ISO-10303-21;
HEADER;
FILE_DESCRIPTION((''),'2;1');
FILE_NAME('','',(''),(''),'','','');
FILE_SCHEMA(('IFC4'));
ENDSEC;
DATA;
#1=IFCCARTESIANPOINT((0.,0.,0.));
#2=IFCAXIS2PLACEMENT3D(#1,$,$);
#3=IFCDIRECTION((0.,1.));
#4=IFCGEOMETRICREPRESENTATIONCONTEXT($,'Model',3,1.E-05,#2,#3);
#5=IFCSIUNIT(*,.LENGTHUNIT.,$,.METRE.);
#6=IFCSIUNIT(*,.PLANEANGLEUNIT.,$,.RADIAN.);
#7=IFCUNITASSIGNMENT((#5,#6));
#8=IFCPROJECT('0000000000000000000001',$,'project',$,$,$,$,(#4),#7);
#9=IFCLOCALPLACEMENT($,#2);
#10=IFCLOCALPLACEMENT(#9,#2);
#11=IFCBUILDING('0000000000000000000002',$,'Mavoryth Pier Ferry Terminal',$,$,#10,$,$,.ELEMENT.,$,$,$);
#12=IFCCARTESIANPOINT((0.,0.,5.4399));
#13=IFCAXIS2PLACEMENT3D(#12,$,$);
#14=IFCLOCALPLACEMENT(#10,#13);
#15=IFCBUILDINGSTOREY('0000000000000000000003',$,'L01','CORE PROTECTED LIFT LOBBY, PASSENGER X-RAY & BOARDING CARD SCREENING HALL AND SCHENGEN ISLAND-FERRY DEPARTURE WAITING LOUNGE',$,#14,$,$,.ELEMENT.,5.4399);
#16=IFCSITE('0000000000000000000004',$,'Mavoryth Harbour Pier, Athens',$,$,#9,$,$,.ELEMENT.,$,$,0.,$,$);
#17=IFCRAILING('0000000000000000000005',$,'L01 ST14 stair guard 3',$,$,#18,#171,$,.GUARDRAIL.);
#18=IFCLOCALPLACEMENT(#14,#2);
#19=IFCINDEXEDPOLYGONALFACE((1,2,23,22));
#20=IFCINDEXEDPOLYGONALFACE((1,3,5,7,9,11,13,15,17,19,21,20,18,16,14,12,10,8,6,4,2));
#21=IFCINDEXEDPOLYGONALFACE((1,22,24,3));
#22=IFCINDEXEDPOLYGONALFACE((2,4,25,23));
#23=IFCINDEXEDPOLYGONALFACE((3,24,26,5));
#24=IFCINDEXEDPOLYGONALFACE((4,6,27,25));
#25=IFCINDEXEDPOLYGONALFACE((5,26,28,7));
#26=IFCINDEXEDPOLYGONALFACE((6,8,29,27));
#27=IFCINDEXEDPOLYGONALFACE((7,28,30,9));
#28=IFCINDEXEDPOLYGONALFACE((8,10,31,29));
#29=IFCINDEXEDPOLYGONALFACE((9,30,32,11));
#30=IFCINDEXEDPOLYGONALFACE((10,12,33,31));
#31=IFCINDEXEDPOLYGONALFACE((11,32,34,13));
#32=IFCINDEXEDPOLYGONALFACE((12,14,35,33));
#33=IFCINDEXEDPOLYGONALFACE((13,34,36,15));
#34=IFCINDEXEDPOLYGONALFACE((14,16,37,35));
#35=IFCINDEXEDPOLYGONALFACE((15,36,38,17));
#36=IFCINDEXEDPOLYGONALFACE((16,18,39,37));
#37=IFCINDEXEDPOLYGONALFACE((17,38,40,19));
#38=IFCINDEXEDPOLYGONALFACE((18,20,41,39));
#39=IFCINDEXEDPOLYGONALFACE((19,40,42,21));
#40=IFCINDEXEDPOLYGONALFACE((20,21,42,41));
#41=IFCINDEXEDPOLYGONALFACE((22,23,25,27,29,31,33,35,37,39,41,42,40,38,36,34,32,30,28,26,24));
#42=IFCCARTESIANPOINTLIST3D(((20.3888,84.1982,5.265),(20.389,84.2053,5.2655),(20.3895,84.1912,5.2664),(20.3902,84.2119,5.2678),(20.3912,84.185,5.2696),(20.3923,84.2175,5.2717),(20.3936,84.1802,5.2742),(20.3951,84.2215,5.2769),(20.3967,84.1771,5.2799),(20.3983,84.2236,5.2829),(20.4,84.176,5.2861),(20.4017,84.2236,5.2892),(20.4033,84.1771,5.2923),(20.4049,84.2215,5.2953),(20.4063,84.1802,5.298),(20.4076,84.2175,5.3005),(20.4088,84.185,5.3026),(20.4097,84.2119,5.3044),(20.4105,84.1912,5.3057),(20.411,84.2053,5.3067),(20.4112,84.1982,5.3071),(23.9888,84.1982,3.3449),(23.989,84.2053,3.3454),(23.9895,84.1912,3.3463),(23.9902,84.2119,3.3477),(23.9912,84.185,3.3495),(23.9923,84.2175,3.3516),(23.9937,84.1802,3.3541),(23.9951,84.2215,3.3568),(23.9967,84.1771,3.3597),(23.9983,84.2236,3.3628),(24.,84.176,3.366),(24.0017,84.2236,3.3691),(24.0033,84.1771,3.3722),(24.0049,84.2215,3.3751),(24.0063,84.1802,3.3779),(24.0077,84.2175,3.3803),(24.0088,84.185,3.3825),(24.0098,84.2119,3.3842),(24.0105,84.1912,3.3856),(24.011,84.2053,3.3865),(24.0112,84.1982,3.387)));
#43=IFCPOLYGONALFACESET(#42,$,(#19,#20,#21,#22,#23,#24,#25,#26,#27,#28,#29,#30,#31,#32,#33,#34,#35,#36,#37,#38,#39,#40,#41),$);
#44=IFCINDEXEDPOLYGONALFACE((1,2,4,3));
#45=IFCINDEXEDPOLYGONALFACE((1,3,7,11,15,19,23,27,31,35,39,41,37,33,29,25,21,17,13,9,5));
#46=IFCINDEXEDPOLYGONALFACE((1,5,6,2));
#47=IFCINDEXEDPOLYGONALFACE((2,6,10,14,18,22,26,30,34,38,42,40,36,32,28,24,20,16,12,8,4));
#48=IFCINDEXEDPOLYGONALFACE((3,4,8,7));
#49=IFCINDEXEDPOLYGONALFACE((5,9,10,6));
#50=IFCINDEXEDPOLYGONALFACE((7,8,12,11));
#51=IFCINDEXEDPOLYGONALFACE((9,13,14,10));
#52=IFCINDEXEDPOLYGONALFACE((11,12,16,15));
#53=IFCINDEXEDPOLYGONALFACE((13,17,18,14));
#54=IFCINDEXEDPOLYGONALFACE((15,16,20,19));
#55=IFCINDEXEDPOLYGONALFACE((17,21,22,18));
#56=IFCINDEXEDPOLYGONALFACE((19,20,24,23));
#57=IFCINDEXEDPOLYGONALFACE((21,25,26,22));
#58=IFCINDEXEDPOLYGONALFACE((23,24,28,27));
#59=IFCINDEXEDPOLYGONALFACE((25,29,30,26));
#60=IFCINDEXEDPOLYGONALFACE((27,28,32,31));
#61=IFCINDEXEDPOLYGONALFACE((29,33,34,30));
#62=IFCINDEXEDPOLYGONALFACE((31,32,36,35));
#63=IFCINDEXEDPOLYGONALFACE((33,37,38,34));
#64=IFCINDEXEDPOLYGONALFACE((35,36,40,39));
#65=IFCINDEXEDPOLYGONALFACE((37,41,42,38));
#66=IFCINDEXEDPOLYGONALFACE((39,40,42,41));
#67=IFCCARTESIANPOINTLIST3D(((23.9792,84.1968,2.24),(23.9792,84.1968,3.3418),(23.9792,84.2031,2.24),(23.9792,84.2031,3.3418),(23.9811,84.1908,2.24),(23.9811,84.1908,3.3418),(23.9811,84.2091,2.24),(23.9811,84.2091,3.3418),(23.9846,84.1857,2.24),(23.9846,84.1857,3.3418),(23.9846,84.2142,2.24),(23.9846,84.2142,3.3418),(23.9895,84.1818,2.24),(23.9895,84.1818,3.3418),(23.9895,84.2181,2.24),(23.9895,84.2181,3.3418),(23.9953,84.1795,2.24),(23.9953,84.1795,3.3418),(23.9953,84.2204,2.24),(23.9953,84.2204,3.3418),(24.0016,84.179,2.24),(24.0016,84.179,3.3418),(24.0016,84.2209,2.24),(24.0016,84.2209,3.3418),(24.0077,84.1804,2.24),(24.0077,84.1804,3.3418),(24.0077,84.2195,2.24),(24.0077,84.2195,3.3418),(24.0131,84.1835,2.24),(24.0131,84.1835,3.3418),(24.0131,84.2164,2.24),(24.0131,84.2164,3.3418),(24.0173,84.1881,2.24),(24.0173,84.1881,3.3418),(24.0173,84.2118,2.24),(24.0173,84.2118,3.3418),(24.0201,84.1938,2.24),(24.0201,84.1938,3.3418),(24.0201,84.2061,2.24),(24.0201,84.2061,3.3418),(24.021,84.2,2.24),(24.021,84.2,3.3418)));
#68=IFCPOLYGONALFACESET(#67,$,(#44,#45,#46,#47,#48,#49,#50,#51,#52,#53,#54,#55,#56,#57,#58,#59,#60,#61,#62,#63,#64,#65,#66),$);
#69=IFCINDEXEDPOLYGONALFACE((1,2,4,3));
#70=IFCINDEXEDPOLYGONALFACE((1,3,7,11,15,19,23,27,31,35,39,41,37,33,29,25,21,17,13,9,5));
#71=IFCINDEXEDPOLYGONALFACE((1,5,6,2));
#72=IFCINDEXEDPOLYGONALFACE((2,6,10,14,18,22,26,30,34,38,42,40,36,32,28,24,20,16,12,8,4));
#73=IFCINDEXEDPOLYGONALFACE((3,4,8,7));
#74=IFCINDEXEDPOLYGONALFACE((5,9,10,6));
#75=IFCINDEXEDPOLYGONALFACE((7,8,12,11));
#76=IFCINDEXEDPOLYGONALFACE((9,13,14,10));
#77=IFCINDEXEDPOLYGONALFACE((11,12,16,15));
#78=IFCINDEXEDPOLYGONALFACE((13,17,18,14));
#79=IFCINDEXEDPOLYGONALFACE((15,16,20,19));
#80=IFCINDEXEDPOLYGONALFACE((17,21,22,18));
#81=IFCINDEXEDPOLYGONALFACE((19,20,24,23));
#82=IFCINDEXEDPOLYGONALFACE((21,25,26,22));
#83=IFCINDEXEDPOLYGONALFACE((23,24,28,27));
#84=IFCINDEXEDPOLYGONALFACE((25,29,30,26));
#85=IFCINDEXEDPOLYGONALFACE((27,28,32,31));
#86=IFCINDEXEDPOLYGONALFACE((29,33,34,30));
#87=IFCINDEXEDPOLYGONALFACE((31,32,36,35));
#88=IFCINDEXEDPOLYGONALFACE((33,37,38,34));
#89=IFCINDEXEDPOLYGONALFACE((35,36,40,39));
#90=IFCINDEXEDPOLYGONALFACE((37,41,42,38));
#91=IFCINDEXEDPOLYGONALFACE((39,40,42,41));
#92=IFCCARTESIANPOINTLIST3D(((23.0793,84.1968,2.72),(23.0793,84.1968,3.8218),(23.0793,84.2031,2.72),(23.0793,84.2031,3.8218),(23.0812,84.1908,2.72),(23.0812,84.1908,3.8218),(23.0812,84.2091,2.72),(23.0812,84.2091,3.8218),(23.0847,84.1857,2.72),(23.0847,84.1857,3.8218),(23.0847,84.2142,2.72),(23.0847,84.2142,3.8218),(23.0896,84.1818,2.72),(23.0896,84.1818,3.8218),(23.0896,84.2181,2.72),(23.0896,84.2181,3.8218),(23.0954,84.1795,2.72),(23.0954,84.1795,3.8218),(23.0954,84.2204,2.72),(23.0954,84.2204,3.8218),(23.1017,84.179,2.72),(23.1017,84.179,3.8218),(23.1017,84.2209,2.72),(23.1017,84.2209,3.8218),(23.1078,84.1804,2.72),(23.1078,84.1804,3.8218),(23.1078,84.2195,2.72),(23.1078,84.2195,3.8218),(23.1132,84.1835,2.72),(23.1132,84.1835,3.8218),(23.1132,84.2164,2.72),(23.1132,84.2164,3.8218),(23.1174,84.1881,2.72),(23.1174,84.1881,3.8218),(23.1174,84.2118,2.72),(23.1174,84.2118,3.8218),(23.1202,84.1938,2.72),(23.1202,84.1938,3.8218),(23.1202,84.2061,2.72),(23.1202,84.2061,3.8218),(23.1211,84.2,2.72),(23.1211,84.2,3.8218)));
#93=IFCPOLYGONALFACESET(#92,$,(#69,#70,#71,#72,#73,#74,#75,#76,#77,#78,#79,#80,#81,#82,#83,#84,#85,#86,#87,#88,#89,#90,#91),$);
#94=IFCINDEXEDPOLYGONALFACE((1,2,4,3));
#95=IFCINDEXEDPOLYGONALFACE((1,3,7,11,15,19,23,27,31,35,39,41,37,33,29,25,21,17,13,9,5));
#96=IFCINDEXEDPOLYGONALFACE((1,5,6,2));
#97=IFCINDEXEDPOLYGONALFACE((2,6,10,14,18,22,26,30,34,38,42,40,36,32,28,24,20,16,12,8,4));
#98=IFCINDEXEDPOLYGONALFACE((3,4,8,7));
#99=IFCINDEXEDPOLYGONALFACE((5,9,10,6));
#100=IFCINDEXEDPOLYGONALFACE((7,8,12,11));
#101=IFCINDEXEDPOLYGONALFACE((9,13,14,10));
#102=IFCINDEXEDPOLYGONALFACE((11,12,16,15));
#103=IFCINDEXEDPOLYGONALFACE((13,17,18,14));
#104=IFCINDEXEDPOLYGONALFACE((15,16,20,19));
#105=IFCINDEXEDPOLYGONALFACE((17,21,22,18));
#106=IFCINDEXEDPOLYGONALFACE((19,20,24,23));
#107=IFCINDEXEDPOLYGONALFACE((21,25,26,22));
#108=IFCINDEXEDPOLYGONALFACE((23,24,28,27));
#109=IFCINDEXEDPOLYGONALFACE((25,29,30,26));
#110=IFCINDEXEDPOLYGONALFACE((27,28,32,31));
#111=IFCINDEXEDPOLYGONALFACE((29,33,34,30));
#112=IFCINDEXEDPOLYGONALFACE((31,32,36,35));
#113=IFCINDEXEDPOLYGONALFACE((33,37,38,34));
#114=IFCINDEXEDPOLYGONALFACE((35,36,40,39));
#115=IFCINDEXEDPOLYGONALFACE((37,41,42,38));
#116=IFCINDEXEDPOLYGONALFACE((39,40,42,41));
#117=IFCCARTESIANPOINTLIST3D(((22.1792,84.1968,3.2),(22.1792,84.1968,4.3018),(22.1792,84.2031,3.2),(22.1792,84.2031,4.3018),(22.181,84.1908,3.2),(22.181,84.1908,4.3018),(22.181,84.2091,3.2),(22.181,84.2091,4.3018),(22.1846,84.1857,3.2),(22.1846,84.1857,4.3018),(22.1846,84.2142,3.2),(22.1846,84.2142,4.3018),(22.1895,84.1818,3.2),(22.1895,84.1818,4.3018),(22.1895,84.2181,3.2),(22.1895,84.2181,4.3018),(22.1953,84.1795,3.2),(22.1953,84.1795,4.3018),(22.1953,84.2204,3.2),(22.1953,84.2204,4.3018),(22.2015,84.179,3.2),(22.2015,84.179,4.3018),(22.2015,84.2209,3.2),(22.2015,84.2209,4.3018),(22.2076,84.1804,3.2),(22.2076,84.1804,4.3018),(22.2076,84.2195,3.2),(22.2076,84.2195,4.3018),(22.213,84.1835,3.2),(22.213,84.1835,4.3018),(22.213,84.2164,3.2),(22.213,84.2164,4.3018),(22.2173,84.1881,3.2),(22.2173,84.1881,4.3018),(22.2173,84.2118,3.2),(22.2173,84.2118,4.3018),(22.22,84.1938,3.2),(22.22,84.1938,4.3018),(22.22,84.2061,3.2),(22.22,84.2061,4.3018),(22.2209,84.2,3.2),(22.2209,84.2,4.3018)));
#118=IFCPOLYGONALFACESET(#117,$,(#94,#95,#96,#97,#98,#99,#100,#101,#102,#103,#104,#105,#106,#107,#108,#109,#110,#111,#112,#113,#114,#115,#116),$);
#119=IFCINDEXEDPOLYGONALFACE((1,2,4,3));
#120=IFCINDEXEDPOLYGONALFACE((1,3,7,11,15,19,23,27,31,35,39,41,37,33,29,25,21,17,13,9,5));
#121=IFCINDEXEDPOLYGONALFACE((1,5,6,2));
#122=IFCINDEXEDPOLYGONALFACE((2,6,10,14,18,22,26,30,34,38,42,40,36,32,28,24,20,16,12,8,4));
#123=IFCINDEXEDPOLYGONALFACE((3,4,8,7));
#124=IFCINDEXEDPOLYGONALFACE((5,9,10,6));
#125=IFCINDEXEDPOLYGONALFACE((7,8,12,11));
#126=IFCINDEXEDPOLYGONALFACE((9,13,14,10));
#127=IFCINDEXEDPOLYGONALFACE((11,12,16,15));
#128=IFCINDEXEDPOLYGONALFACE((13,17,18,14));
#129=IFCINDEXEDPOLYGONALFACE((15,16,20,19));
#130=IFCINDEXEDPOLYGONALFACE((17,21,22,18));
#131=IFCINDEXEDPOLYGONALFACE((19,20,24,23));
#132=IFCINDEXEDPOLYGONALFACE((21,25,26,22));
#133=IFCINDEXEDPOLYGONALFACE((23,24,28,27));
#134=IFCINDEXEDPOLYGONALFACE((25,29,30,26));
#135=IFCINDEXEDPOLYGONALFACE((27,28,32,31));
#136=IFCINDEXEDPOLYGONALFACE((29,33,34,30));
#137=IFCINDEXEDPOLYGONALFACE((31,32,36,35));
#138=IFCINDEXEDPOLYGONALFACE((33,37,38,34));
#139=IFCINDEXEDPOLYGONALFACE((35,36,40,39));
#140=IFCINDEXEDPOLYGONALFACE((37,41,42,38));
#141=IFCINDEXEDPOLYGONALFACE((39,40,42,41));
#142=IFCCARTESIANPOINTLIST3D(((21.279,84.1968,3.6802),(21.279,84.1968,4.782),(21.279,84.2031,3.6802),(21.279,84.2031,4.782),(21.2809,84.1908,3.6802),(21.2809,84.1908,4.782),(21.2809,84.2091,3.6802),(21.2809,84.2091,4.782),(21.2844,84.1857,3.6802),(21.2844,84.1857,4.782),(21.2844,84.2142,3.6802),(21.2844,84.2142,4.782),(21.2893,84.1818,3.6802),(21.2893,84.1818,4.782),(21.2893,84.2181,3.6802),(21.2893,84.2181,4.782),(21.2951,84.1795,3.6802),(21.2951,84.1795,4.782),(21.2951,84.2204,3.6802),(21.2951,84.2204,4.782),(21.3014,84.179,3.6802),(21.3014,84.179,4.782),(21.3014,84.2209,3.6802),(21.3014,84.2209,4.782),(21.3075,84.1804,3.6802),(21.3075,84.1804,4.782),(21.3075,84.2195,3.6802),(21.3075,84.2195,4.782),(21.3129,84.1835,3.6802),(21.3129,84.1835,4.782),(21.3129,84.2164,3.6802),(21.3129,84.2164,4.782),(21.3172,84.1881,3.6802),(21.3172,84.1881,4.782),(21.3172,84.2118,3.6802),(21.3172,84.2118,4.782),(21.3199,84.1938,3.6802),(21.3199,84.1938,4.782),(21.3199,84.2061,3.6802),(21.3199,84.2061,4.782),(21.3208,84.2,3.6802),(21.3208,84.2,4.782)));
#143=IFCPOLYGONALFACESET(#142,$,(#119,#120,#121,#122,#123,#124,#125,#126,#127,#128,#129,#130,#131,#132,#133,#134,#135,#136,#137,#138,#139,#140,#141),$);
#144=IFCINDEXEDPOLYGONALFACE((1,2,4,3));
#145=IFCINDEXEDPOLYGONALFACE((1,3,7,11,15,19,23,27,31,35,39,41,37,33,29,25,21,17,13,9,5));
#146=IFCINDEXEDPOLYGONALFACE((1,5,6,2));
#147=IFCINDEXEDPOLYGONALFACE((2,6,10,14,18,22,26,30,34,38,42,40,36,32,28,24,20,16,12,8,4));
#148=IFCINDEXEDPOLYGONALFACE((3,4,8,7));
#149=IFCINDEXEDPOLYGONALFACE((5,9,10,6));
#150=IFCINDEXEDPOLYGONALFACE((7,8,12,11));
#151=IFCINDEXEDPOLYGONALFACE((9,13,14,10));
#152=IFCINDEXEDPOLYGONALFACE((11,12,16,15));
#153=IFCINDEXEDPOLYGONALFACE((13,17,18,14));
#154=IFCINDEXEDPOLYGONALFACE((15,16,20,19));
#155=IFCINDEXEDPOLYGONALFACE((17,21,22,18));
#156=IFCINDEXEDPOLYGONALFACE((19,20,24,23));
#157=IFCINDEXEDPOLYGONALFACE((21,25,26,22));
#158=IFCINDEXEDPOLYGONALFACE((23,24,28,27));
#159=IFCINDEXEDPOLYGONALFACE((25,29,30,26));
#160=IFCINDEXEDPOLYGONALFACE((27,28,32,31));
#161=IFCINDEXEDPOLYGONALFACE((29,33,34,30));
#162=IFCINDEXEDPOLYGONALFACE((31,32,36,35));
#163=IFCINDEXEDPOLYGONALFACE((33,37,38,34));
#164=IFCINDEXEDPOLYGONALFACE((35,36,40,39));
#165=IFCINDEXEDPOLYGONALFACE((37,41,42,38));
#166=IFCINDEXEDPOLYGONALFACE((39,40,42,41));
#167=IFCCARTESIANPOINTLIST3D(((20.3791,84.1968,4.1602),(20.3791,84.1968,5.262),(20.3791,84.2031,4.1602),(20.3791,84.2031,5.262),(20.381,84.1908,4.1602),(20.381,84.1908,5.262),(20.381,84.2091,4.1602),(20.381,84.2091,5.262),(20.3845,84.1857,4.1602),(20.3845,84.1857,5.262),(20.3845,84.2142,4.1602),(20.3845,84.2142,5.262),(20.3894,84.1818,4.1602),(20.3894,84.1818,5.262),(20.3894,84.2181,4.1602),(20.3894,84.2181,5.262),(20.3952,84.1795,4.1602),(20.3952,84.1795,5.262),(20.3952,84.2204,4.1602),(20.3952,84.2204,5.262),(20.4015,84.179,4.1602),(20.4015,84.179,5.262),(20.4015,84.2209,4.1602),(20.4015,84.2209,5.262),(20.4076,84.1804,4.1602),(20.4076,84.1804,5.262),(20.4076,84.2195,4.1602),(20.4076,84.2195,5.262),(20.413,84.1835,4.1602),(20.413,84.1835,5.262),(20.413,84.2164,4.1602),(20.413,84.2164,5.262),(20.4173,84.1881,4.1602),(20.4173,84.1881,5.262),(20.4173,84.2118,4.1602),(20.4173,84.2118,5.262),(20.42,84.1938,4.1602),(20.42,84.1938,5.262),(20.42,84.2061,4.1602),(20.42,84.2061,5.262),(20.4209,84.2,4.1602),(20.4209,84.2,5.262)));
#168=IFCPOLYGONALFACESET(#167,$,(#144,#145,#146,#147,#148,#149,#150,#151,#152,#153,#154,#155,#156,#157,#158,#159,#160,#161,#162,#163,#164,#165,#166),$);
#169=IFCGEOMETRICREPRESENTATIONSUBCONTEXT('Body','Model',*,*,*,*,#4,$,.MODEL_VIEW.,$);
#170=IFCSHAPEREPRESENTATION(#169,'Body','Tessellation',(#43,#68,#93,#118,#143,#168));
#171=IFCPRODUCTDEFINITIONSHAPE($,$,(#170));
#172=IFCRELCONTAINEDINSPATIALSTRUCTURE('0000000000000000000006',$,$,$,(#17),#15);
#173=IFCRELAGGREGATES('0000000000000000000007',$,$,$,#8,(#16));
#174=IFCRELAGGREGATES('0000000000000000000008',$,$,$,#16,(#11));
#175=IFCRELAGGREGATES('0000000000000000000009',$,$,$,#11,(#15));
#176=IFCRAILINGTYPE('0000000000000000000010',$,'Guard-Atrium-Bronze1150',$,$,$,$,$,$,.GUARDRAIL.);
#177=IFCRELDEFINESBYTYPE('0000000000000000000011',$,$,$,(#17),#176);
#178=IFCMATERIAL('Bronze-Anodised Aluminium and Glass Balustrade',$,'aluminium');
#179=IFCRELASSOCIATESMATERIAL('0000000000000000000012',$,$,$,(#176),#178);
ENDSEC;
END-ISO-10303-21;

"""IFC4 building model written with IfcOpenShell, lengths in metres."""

from ifc_helpers import new_model, si_unit, direction, frame, origin, origin_2d, place, context, subcontext, project, spatial, circle, extrude, material, type_object, element, save


model = new_model("IFC4")

# Units and contexts
model_context = context("Model", 3, precision=1e-05, world=origin(), true_north=direction((0.0, 1.0)))
body_context = subcontext(model_context, "Body", "Model", "MODEL_VIEW")
ifc_project = project(units=[si_unit("LENGTHUNIT", "METRE"), si_unit("PLANEANGLEUNIT", "RADIAN")], contexts=[model_context])

# Site, building, storey
site_placement = place(None, origin())
site = spatial("IfcSite", under=ifc_project, at=site_placement, Name="Mavoryth Harbour Pier, Athens", CompositionType="ELEMENT", RefElevation=0.0)
building_placement = place(site_placement, origin())
building = spatial("IfcBuilding", under=site, at=building_placement, Name="Mavoryth Pier Ferry Terminal", CompositionType="ELEMENT")
storey_placement = place(building_placement, frame((0.0, 0.0, 5.4399)))
storey = spatial("IfcBuildingStorey", under=building, at=storey_placement, Name="L01", Description="CORE PROTECTED LIFT LOBBY, PASSENGER X-RAY & BOARDING CARD SCREENING HALL AND SCHENGEN ISLAND-FERRY DEPARTURE WAITING LOUNGE", CompositionType="ELEMENT", Elevation=5.4399)

# Railing
ifc_material_1 = material(Name="Bronze-Anodised Aluminium and Glass Balustrade", Category="aluminium")
railing_type_1 = type_object("IfcRailingType", Name="Guard-Atrium-Bronze1150", PredefinedType="GUARDRAIL", material=ifc_material_1)
railing_1_placement = place(storey_placement, frame((24.0, 84.2, 2.24)))
element("IfcRailing", 1, at=railing_1_placement, inside=storey, type_object=railing_type_1, Name="L01 ST14 stair guard 3", PredefinedType="GUARDRAIL", context=body_context, shape_type="SweptSolid", body=[
    extrude(circle(Radius=0.0239, at=origin_2d()), frame((0.0, 0.0, 1.126), z_axis=(-0.882341, 0.0, 0.47061), x_axis=(0.0, -1.0, 0.0)), (0.0, 0.0, 1.0), 4.0801),
    extrude(circle(Radius=0.021, at=origin_2d()), origin(), (0.0, 0.0, 1.0), 1.1018),
    extrude(circle(Radius=0.021, at=origin_2d()), frame((-0.8999, 0.0, 0.48)), (0.0, 0.0, 1.0), 1.1018),
    extrude(circle(Radius=0.021, at=origin_2d()), frame((-1.8, 0.0, 0.96)), (0.0, 0.0, 1.0), 1.1018),
    extrude(circle(Radius=0.021, at=origin_2d()), frame((-2.7002, 0.0, 1.4402)), (0.0, 0.0, 1.0), 1.1018),
    extrude(circle(Radius=0.021, at=origin_2d()), frame((-3.6001, 0.0, 1.9202)), (0.0, 0.0, 1.0), 1.1018),
])

save(model, "model.ifc")
